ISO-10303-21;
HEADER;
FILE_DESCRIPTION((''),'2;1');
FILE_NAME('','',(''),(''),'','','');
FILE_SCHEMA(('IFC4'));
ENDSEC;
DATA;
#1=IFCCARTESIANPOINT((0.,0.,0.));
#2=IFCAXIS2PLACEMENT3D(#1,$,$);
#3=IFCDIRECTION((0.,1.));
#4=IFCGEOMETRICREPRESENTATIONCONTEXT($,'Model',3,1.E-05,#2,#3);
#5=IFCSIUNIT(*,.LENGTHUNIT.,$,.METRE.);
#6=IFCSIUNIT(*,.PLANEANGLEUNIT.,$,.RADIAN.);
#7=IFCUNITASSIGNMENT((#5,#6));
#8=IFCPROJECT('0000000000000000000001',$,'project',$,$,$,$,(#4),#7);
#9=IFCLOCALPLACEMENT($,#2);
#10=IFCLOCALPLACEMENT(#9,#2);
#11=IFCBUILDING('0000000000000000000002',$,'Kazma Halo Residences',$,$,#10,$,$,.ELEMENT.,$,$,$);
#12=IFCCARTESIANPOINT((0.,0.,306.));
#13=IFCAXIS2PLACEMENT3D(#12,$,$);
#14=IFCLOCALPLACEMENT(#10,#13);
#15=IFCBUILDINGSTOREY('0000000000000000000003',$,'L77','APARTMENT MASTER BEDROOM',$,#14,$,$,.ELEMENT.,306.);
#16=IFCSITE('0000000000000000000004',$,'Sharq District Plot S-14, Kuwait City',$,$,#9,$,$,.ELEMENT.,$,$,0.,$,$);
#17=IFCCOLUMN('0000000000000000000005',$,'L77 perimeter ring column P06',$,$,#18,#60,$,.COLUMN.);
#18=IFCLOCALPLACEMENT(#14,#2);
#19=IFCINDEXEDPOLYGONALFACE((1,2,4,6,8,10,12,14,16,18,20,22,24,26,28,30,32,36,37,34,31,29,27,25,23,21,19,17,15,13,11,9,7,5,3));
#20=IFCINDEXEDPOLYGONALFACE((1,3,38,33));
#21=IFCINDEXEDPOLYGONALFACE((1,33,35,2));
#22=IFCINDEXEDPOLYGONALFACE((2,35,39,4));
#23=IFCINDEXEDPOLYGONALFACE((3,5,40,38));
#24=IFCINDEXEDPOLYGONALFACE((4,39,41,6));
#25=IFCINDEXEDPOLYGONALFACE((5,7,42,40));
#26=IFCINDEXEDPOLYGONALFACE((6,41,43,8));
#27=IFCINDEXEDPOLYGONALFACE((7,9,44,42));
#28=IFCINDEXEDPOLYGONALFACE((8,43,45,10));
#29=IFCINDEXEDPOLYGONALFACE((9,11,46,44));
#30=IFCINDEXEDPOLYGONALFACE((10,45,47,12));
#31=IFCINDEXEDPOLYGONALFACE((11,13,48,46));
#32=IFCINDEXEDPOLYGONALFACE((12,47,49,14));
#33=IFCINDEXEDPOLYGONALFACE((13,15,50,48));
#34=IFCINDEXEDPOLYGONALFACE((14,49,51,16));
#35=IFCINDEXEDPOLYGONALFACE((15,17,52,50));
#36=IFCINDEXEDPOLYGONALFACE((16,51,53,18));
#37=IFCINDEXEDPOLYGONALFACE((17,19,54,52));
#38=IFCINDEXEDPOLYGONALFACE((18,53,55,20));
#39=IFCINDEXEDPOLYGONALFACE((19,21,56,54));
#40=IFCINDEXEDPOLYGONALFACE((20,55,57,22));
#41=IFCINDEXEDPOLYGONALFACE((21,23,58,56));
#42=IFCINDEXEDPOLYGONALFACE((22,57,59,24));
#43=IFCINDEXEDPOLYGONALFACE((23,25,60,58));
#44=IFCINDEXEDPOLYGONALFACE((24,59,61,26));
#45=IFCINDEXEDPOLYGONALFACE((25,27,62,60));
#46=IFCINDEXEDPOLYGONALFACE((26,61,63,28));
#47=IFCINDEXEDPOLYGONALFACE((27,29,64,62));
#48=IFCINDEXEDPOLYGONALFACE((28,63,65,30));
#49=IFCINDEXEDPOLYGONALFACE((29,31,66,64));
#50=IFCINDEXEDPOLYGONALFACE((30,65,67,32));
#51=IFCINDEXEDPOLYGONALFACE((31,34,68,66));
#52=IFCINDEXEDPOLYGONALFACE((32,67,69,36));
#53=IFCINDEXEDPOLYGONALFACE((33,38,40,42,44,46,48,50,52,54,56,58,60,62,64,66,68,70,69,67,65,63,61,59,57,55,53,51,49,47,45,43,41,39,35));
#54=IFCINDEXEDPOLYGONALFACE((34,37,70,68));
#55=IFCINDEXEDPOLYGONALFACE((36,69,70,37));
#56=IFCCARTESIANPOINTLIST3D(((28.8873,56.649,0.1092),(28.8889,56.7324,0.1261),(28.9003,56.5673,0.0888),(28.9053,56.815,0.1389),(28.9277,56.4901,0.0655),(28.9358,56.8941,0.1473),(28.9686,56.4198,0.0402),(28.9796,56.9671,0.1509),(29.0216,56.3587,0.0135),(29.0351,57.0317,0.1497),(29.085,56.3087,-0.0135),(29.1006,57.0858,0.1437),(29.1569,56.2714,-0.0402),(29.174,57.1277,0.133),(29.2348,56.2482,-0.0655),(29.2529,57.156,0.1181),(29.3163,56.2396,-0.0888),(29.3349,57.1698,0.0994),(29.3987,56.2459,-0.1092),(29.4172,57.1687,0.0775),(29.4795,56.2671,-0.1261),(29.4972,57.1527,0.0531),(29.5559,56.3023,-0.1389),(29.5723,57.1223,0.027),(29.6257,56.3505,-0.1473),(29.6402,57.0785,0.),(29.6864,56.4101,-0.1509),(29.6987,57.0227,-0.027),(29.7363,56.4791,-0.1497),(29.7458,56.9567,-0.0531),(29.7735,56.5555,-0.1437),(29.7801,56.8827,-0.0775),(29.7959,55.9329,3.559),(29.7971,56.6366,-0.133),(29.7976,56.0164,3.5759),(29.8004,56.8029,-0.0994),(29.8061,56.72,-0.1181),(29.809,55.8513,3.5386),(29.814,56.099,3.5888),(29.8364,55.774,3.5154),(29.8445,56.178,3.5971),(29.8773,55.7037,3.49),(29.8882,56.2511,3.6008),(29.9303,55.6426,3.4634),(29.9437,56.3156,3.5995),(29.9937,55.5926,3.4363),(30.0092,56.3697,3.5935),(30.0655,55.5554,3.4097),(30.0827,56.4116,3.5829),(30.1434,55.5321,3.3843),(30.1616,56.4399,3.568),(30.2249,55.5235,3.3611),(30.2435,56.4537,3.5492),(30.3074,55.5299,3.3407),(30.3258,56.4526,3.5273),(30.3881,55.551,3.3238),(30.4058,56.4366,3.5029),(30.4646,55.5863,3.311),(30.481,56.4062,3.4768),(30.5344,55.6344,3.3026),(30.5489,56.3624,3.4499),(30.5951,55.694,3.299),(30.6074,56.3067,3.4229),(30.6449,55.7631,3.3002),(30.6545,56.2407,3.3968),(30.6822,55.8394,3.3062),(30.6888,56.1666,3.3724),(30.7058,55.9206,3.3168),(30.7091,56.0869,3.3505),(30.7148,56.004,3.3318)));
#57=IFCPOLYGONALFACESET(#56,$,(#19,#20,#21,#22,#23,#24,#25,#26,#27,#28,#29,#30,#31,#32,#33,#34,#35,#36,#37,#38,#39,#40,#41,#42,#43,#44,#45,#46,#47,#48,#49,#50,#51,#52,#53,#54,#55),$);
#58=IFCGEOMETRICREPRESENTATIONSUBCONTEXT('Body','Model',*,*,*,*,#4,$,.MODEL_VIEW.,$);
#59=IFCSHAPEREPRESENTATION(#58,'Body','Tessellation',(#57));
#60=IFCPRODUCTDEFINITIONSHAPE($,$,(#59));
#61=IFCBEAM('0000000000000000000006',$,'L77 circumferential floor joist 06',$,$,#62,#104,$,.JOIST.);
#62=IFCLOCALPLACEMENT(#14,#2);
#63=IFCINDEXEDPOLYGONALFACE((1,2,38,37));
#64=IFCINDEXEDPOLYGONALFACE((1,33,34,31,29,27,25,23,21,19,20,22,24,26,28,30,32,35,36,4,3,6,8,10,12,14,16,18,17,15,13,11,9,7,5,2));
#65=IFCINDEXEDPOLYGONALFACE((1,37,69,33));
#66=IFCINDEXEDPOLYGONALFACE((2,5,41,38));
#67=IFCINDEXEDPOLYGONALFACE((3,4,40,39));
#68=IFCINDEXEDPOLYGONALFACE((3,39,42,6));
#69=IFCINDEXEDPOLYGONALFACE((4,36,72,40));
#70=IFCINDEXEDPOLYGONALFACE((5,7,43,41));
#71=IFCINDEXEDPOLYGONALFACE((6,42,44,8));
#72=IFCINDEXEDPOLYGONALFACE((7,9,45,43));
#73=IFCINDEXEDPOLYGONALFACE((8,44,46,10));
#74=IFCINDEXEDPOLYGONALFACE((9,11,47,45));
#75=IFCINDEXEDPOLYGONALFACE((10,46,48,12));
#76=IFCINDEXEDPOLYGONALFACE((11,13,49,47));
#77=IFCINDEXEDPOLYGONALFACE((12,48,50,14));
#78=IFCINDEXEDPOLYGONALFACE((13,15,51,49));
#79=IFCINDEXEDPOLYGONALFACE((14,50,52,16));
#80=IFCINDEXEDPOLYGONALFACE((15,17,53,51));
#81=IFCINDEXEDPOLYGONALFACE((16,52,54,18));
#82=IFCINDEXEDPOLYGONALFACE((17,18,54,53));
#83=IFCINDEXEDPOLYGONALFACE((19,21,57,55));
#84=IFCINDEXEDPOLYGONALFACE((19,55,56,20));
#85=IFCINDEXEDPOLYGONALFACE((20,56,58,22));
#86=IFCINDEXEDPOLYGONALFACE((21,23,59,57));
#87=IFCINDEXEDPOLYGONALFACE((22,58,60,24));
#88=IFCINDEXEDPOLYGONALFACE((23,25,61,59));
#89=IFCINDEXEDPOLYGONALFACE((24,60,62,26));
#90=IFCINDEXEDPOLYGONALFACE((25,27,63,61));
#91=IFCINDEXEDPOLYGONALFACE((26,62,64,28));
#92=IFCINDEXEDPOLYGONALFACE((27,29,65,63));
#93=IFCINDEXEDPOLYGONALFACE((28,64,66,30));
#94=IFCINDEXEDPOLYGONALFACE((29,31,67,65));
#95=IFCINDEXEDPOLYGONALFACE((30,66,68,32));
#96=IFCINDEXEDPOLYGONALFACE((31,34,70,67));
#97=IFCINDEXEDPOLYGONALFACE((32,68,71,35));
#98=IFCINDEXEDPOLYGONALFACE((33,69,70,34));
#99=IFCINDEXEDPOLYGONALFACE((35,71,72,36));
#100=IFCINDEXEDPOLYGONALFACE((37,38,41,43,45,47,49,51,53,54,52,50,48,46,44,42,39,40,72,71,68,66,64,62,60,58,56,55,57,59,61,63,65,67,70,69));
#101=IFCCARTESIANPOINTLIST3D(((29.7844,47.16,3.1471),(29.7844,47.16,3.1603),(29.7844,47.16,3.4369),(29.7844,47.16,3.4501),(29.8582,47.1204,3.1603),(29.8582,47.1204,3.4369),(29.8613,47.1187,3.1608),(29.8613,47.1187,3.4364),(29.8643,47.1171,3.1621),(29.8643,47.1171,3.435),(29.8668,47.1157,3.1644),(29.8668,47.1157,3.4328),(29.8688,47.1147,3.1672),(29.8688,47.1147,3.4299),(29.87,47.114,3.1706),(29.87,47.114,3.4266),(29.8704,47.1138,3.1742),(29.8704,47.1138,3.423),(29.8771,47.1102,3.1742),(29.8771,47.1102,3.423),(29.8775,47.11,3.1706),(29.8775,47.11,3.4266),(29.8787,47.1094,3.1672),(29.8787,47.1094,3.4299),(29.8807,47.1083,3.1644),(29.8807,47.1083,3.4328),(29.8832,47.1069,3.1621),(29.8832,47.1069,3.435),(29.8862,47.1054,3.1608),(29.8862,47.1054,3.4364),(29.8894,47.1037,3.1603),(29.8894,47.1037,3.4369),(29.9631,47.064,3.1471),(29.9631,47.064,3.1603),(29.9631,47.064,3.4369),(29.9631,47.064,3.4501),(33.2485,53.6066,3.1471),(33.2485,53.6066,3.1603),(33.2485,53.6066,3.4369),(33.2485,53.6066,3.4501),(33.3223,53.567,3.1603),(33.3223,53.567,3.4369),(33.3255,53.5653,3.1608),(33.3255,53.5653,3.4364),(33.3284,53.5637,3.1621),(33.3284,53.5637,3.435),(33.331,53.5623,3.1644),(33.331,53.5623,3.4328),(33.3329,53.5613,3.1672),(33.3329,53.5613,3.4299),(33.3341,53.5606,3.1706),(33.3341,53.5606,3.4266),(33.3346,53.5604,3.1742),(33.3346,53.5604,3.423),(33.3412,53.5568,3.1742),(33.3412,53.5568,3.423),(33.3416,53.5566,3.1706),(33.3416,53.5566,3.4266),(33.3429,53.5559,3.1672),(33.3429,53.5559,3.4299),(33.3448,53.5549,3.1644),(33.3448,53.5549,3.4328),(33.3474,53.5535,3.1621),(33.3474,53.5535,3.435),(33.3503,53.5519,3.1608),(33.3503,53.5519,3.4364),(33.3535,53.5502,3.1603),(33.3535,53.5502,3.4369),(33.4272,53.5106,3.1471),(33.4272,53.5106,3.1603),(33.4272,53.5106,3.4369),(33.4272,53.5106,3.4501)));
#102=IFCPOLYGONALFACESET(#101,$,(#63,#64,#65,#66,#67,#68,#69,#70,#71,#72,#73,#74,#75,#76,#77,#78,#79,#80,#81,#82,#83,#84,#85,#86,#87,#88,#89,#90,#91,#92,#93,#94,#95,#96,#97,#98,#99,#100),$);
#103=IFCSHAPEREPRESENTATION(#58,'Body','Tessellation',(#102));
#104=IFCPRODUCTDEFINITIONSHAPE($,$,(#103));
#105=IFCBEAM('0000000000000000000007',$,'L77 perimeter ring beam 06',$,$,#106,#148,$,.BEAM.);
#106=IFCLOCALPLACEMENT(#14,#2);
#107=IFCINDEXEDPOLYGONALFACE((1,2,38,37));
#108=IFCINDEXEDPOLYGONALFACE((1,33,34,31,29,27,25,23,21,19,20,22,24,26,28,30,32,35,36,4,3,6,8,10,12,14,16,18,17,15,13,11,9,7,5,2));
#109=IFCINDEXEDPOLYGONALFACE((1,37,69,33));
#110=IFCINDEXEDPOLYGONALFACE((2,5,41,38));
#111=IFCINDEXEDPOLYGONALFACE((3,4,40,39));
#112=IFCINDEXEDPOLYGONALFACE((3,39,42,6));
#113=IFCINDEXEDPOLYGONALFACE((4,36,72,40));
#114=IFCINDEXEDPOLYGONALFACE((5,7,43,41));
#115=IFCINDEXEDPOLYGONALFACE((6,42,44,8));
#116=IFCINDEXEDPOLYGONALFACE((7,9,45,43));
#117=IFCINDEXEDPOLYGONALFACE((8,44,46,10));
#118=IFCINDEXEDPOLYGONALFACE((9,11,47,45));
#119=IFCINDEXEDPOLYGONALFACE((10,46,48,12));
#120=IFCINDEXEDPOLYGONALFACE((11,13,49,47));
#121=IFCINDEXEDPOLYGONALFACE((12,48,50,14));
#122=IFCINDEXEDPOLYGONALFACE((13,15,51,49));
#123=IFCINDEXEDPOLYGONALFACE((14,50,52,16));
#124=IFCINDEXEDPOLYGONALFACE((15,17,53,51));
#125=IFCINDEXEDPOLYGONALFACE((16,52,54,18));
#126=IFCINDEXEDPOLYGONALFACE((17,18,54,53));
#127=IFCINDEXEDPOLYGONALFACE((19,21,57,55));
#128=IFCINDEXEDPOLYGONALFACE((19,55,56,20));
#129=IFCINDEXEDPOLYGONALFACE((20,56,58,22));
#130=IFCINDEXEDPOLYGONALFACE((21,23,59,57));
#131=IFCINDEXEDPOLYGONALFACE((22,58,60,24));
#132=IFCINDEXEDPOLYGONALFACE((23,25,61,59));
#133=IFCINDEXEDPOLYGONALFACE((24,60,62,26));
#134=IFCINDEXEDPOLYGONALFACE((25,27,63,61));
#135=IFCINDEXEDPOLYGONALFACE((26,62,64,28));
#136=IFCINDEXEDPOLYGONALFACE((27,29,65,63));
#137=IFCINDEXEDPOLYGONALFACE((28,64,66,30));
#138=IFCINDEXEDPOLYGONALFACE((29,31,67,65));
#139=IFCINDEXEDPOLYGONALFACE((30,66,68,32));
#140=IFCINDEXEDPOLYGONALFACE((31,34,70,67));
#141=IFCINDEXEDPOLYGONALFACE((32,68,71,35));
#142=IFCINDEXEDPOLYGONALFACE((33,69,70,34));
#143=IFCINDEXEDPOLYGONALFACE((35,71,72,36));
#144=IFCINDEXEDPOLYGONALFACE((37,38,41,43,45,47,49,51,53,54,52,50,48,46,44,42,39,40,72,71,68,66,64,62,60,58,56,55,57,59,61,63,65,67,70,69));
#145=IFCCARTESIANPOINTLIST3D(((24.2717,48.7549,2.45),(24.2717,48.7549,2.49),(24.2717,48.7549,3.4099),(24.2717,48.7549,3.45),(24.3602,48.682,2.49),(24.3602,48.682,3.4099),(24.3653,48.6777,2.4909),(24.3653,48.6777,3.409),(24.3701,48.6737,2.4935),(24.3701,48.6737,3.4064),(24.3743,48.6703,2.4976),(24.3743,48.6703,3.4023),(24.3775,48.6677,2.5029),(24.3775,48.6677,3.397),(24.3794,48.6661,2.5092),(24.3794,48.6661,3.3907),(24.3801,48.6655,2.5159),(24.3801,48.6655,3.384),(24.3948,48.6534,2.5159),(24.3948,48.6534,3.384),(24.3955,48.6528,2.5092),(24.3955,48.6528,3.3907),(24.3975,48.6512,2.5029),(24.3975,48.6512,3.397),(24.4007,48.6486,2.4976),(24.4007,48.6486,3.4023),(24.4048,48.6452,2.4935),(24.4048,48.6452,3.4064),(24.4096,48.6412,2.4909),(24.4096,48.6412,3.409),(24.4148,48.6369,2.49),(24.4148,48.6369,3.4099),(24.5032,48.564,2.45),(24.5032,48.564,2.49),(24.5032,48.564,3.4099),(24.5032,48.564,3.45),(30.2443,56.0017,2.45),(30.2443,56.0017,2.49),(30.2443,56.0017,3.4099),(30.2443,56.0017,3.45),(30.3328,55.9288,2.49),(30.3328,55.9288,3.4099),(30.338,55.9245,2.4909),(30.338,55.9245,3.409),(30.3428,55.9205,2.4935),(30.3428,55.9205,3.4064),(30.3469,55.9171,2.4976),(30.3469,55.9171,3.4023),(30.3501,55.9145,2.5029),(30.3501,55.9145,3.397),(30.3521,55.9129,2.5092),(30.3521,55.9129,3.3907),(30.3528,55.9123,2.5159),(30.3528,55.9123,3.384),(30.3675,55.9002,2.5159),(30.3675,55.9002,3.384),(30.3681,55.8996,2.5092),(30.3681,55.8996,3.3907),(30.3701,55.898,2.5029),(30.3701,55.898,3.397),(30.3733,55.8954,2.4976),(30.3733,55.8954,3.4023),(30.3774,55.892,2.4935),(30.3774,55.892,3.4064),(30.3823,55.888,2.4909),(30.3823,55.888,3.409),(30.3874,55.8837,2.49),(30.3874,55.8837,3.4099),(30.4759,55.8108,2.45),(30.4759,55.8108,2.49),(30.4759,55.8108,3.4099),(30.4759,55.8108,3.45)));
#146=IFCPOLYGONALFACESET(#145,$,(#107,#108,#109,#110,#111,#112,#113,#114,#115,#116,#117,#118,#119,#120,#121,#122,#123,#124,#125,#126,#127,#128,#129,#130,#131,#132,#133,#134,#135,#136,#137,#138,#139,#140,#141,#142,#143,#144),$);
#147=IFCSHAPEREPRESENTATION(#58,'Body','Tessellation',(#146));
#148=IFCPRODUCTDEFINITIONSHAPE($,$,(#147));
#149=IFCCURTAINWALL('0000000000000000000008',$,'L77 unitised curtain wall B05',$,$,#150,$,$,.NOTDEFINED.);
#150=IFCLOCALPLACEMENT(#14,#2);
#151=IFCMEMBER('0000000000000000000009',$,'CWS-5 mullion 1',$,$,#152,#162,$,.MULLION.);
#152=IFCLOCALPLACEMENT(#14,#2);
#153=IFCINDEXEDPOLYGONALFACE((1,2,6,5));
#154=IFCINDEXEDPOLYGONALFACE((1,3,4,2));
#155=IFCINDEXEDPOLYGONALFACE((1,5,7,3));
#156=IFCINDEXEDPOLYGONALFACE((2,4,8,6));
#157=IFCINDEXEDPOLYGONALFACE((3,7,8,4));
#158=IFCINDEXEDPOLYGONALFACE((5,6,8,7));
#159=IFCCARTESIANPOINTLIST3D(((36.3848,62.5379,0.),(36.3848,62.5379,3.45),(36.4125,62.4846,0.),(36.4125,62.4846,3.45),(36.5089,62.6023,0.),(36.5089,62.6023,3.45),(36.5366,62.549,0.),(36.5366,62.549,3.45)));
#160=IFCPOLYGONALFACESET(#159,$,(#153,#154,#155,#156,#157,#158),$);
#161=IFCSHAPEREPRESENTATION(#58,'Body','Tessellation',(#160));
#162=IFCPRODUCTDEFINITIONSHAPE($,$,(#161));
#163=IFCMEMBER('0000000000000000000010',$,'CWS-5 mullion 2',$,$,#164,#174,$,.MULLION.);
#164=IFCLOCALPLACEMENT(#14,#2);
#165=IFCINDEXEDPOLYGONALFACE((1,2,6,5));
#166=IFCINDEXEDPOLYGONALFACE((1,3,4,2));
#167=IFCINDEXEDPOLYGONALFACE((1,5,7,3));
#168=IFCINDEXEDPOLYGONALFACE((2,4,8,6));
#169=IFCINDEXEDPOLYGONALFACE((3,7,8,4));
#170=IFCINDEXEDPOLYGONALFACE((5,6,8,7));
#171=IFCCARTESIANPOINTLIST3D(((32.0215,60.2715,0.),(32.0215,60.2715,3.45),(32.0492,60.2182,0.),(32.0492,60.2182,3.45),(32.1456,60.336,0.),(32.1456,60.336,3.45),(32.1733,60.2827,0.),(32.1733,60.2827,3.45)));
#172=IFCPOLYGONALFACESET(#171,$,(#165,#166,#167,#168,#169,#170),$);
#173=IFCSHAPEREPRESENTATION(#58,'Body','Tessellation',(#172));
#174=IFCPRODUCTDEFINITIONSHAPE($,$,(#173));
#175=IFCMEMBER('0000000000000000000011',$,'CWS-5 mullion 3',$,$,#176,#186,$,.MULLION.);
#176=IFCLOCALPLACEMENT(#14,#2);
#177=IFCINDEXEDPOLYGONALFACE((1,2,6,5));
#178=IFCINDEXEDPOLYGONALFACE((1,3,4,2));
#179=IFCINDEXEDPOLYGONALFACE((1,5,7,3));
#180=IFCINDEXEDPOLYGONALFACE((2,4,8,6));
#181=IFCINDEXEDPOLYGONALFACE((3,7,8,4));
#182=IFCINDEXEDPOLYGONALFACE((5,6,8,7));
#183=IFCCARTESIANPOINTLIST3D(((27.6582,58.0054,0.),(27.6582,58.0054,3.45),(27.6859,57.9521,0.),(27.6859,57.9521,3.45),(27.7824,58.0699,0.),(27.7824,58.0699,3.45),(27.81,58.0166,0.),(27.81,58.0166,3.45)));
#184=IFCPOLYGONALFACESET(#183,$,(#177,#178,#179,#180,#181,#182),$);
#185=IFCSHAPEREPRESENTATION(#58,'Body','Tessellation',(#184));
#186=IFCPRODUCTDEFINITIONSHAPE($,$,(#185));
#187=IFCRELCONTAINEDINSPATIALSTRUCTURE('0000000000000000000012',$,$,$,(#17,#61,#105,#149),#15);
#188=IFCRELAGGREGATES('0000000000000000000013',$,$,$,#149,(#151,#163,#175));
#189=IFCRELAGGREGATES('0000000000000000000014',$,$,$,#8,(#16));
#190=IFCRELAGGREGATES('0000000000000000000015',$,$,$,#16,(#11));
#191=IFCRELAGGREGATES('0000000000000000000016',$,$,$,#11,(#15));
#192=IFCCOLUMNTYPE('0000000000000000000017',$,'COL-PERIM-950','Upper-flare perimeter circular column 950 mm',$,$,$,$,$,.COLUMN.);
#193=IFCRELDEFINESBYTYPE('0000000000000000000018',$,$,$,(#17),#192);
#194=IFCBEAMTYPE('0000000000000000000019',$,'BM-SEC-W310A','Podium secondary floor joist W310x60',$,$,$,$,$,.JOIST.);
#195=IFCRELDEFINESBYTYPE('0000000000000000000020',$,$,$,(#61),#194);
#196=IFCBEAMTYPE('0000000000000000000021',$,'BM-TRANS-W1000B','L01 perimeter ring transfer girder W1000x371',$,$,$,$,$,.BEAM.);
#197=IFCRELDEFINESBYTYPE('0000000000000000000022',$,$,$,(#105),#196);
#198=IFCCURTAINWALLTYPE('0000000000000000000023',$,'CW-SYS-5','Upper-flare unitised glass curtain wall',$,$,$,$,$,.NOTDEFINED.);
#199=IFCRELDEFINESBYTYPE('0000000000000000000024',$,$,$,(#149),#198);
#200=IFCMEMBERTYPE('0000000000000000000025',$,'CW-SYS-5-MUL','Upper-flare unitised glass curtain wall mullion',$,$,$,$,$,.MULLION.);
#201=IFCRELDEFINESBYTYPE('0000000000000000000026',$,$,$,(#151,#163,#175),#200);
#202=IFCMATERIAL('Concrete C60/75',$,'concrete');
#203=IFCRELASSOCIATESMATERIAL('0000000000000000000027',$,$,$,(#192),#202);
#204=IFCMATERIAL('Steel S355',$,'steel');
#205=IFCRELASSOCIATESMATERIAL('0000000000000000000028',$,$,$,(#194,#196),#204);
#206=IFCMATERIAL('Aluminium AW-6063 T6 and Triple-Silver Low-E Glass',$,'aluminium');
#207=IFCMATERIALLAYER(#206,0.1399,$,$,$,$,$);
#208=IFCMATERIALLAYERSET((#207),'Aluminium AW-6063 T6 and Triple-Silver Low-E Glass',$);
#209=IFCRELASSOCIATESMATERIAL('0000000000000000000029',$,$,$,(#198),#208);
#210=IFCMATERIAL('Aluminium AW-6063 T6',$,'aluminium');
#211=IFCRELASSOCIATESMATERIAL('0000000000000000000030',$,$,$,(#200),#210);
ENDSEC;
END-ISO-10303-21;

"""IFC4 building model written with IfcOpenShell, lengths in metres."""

from ifc_helpers import new_model, si_unit, direction, frame, origin, origin_2d, place, context, subcontext, project, spatial, rectangle, circle, i_section, extrude, material, layer, layer_set, material_profile, profile_set, type_object, element, aggregate, save


model = new_model("IFC4")

# Units and contexts
model_context = context("Model", 3, precision=1e-05, world=origin(), true_north=direction((0.0, 1.0)))
body_context = subcontext(model_context, "Body", "Model", "MODEL_VIEW")
ifc_project = project(units=[si_unit("LENGTHUNIT", "METRE"), si_unit("PLANEANGLEUNIT", "RADIAN")], contexts=[model_context])

# Site, building, storey
site_placement = place(None, origin())
site = spatial("IfcSite", under=ifc_project, at=site_placement, Name="Sharq District Plot S-14, Kuwait City", CompositionType="ELEMENT", RefElevation=0.0)
building_placement = place(site_placement, origin())
building = spatial("IfcBuilding", under=site, at=building_placement, Name="Kazma Halo Residences", CompositionType="ELEMENT")
storey_placement = place(building_placement, frame((0.0, 0.0, 306.0)))
storey = spatial("IfcBuildingStorey", under=building, at=storey_placement, Name="L77", Description="APARTMENT MASTER BEDROOM", CompositionType="ELEMENT", Elevation=306.0)

# Column
ifc_material_1 = material(Name="Concrete C60/75", Category="concrete")
ifc_material_profile_1 = material_profile(ifc_material_1, circle(Radius=0.4751, at=origin_2d()), Name="CIRC950")
ifc_profile_set_1 = profile_set([ifc_material_profile_1], Name="Concrete C60/75")
column_type = type_object("IfcColumnType", Name="COL-PERIM-950", Description="Upper-flare perimeter circular column 950 mm", PredefinedType="COLUMN", material=ifc_profile_set_1)
column_placement = place(storey_placement, frame((29.3462, 56.7053, 0.0), z_axis=(0.249725, -0.196788, 0.94811), x_axis=(0.618939, 0.785439, 0.0)))
element("IfcColumn", 1, at=column_placement, inside=storey, type_object=column_type, Name="L77 perimeter ring column P06", PredefinedType="COLUMN", context=body_context, shape_type="SweptSolid", body=[
    extrude(circle(Radius=0.4751, at=origin_2d()), origin(), (0.0, 0.0, 1.0), 3.6387),
])

# Beams
ifc_material_2 = material(Name="Steel S355", Category="steel")
ifc_material_profile_2 = material_profile(ifc_material_2, i_section(OverallWidth=0.2029, OverallDepth=0.303, WebThickness=0.0076, FlangeThickness=0.0132, FilletRadius=0.0139, at=origin_2d()), Name="W310x60")
ifc_profile_set_2 = profile_set([ifc_material_profile_2], Name="Steel S355")
beam_type_1 = type_object("IfcBeamType", Name="BM-SEC-W310A", Description="Podium secondary floor joist W310x60", PredefinedType="JOIST", material=ifc_profile_set_2)
beam_1_placement = place(storey_placement, frame((33.3379, 53.5586, 3.2986), z_axis=(-0.473348, -0.880876, 0.0), x_axis=(0.880876, -0.473348, 0.0)))
element("IfcBeam", 2, at=beam_1_placement, inside=storey, type_object=beam_type_1, Name="L77 circumferential floor joist 06", PredefinedType="JOIST", context=body_context, shape_type="SweptSolid", body=[
    extrude(i_section(OverallWidth=0.2029, OverallDepth=0.303, WebThickness=0.0076, FlangeThickness=0.0132, FilletRadius=0.0139, at=origin_2d()), origin(), (0.0, 0.0, 1.0), 7.3184),
])
ifc_material_profile_3 = material_profile(ifc_material_2, i_section(OverallWidth=0.3, OverallDepth=1.0, WebThickness=0.019, FlangeThickness=0.04, FilletRadius=0.0259, at=origin_2d()), Name="W1000x371")
ifc_profile_set_3 = profile_set([ifc_material_profile_3], Name="Steel S355")
beam_type_2 = type_object("IfcBeamType", Name="BM-TRANS-W1000B", Description="L01 perimeter ring transfer girder W1000x371", PredefinedType="BEAM", material=ifc_profile_set_3)
beam_2_placement = place(storey_placement, frame((30.3601, 55.9062, 2.95), z_axis=(-0.636004, -0.771686, 0.0), x_axis=(0.771686, -0.636004, 0.0)))
element("IfcBeam", 3, at=beam_2_placement, inside=storey, type_object=beam_type_2, Name="L77 perimeter ring beam 06", PredefinedType="BEAM", context=body_context, shape_type="SweptSolid", body=[
    extrude(i_section(OverallWidth=0.3, OverallDepth=1.0, WebThickness=0.019, FlangeThickness=0.04, FilletRadius=0.0259, at=origin_2d()), origin(), (0.0, 0.0, 1.0), 9.3909),
])

# Curtain wall, members
ifc_material_3 = material(Name="Aluminium AW-6063 T6 and Triple-Silver Low-E Glass", Category="aluminium")
ifc_layer_1 = layer(ifc_material_3, 0.1399)
ifc_layer_set_1 = layer_set([ifc_layer_1], Name="Aluminium AW-6063 T6 and Triple-Silver Low-E Glass")
curtain_wall_type = type_object("IfcCurtainWallType", Name="CW-SYS-5", Description="Upper-flare unitised glass curtain wall", PredefinedType="NOTDEFINED", material=ifc_layer_set_1)
curtain_wall_placement = place(storey_placement, origin())
curtain_wall = element("IfcCurtainWall", 4, at=curtain_wall_placement, inside=storey, type_object=curtain_wall_type, Name="L77 unitised curtain wall B05", PredefinedType="NOTDEFINED")
ifc_material_4 = material(Name="Aluminium AW-6063 T6", Category="aluminium")
ifc_material_profile_4 = material_profile(ifc_material_4, rectangle(XDim=0.0601, YDim=0.1399, at=origin_2d()), Name="CWM-60x140")
ifc_profile_set_4 = profile_set([ifc_material_profile_4], Name="Aluminium AW-6063 T6")
member_type_1 = type_object("IfcMemberType", Name="CW-SYS-5-MUL", Description="Upper-flare unitised glass curtain wall mullion", PredefinedType="MULLION", material=ifc_profile_set_4)
member_1_placement = place(storey_placement, frame((36.4607, 62.5435, 0.0), z_axis=(0.0, 0.0, 1.0), x_axis=(0.460915, -0.887444, 0.0)))
member_1 = element("IfcMember", 5, at=member_1_placement, type_object=member_type_1, Name="CWS-5 mullion 1", PredefinedType="MULLION", context=body_context, shape_type="SweptSolid", body=[
    extrude(rectangle(XDim=0.0601, YDim=0.1399, at=origin_2d()), origin(), (0.0, 0.0, 1.0), 3.45),
])
member_2_placement = place(storey_placement, frame((32.0974, 60.2771, 0.0), z_axis=(0.0, 0.0, 1.0), x_axis=(0.460915, -0.887444, 0.0)))
member_2 = element("IfcMember", 6, at=member_2_placement, type_object=member_type_1, Name="CWS-5 mullion 2", PredefinedType="MULLION", context=body_context, shape_type="SweptSolid", body=[
    extrude(rectangle(XDim=0.0601, YDim=0.1399, at=origin_2d()), origin(), (0.0, 0.0, 1.0), 3.45),
])
member_3_placement = place(storey_placement, frame((27.7341, 58.011, 0.0), z_axis=(0.0, 0.0, 1.0), x_axis=(0.460915, -0.887444, 0.0)))
member_3 = element("IfcMember", 7, at=member_3_placement, type_object=member_type_1, Name="CWS-5 mullion 3", PredefinedType="MULLION", context=body_context, shape_type="SweptSolid", body=[
    extrude(rectangle(XDim=0.0601, YDim=0.1399, at=origin_2d()), origin(), (0.0, 0.0, 1.0), 3.45),
])
aggregate(curtain_wall, [member_1, member_2, member_3])

save(model, "model.ifc")
